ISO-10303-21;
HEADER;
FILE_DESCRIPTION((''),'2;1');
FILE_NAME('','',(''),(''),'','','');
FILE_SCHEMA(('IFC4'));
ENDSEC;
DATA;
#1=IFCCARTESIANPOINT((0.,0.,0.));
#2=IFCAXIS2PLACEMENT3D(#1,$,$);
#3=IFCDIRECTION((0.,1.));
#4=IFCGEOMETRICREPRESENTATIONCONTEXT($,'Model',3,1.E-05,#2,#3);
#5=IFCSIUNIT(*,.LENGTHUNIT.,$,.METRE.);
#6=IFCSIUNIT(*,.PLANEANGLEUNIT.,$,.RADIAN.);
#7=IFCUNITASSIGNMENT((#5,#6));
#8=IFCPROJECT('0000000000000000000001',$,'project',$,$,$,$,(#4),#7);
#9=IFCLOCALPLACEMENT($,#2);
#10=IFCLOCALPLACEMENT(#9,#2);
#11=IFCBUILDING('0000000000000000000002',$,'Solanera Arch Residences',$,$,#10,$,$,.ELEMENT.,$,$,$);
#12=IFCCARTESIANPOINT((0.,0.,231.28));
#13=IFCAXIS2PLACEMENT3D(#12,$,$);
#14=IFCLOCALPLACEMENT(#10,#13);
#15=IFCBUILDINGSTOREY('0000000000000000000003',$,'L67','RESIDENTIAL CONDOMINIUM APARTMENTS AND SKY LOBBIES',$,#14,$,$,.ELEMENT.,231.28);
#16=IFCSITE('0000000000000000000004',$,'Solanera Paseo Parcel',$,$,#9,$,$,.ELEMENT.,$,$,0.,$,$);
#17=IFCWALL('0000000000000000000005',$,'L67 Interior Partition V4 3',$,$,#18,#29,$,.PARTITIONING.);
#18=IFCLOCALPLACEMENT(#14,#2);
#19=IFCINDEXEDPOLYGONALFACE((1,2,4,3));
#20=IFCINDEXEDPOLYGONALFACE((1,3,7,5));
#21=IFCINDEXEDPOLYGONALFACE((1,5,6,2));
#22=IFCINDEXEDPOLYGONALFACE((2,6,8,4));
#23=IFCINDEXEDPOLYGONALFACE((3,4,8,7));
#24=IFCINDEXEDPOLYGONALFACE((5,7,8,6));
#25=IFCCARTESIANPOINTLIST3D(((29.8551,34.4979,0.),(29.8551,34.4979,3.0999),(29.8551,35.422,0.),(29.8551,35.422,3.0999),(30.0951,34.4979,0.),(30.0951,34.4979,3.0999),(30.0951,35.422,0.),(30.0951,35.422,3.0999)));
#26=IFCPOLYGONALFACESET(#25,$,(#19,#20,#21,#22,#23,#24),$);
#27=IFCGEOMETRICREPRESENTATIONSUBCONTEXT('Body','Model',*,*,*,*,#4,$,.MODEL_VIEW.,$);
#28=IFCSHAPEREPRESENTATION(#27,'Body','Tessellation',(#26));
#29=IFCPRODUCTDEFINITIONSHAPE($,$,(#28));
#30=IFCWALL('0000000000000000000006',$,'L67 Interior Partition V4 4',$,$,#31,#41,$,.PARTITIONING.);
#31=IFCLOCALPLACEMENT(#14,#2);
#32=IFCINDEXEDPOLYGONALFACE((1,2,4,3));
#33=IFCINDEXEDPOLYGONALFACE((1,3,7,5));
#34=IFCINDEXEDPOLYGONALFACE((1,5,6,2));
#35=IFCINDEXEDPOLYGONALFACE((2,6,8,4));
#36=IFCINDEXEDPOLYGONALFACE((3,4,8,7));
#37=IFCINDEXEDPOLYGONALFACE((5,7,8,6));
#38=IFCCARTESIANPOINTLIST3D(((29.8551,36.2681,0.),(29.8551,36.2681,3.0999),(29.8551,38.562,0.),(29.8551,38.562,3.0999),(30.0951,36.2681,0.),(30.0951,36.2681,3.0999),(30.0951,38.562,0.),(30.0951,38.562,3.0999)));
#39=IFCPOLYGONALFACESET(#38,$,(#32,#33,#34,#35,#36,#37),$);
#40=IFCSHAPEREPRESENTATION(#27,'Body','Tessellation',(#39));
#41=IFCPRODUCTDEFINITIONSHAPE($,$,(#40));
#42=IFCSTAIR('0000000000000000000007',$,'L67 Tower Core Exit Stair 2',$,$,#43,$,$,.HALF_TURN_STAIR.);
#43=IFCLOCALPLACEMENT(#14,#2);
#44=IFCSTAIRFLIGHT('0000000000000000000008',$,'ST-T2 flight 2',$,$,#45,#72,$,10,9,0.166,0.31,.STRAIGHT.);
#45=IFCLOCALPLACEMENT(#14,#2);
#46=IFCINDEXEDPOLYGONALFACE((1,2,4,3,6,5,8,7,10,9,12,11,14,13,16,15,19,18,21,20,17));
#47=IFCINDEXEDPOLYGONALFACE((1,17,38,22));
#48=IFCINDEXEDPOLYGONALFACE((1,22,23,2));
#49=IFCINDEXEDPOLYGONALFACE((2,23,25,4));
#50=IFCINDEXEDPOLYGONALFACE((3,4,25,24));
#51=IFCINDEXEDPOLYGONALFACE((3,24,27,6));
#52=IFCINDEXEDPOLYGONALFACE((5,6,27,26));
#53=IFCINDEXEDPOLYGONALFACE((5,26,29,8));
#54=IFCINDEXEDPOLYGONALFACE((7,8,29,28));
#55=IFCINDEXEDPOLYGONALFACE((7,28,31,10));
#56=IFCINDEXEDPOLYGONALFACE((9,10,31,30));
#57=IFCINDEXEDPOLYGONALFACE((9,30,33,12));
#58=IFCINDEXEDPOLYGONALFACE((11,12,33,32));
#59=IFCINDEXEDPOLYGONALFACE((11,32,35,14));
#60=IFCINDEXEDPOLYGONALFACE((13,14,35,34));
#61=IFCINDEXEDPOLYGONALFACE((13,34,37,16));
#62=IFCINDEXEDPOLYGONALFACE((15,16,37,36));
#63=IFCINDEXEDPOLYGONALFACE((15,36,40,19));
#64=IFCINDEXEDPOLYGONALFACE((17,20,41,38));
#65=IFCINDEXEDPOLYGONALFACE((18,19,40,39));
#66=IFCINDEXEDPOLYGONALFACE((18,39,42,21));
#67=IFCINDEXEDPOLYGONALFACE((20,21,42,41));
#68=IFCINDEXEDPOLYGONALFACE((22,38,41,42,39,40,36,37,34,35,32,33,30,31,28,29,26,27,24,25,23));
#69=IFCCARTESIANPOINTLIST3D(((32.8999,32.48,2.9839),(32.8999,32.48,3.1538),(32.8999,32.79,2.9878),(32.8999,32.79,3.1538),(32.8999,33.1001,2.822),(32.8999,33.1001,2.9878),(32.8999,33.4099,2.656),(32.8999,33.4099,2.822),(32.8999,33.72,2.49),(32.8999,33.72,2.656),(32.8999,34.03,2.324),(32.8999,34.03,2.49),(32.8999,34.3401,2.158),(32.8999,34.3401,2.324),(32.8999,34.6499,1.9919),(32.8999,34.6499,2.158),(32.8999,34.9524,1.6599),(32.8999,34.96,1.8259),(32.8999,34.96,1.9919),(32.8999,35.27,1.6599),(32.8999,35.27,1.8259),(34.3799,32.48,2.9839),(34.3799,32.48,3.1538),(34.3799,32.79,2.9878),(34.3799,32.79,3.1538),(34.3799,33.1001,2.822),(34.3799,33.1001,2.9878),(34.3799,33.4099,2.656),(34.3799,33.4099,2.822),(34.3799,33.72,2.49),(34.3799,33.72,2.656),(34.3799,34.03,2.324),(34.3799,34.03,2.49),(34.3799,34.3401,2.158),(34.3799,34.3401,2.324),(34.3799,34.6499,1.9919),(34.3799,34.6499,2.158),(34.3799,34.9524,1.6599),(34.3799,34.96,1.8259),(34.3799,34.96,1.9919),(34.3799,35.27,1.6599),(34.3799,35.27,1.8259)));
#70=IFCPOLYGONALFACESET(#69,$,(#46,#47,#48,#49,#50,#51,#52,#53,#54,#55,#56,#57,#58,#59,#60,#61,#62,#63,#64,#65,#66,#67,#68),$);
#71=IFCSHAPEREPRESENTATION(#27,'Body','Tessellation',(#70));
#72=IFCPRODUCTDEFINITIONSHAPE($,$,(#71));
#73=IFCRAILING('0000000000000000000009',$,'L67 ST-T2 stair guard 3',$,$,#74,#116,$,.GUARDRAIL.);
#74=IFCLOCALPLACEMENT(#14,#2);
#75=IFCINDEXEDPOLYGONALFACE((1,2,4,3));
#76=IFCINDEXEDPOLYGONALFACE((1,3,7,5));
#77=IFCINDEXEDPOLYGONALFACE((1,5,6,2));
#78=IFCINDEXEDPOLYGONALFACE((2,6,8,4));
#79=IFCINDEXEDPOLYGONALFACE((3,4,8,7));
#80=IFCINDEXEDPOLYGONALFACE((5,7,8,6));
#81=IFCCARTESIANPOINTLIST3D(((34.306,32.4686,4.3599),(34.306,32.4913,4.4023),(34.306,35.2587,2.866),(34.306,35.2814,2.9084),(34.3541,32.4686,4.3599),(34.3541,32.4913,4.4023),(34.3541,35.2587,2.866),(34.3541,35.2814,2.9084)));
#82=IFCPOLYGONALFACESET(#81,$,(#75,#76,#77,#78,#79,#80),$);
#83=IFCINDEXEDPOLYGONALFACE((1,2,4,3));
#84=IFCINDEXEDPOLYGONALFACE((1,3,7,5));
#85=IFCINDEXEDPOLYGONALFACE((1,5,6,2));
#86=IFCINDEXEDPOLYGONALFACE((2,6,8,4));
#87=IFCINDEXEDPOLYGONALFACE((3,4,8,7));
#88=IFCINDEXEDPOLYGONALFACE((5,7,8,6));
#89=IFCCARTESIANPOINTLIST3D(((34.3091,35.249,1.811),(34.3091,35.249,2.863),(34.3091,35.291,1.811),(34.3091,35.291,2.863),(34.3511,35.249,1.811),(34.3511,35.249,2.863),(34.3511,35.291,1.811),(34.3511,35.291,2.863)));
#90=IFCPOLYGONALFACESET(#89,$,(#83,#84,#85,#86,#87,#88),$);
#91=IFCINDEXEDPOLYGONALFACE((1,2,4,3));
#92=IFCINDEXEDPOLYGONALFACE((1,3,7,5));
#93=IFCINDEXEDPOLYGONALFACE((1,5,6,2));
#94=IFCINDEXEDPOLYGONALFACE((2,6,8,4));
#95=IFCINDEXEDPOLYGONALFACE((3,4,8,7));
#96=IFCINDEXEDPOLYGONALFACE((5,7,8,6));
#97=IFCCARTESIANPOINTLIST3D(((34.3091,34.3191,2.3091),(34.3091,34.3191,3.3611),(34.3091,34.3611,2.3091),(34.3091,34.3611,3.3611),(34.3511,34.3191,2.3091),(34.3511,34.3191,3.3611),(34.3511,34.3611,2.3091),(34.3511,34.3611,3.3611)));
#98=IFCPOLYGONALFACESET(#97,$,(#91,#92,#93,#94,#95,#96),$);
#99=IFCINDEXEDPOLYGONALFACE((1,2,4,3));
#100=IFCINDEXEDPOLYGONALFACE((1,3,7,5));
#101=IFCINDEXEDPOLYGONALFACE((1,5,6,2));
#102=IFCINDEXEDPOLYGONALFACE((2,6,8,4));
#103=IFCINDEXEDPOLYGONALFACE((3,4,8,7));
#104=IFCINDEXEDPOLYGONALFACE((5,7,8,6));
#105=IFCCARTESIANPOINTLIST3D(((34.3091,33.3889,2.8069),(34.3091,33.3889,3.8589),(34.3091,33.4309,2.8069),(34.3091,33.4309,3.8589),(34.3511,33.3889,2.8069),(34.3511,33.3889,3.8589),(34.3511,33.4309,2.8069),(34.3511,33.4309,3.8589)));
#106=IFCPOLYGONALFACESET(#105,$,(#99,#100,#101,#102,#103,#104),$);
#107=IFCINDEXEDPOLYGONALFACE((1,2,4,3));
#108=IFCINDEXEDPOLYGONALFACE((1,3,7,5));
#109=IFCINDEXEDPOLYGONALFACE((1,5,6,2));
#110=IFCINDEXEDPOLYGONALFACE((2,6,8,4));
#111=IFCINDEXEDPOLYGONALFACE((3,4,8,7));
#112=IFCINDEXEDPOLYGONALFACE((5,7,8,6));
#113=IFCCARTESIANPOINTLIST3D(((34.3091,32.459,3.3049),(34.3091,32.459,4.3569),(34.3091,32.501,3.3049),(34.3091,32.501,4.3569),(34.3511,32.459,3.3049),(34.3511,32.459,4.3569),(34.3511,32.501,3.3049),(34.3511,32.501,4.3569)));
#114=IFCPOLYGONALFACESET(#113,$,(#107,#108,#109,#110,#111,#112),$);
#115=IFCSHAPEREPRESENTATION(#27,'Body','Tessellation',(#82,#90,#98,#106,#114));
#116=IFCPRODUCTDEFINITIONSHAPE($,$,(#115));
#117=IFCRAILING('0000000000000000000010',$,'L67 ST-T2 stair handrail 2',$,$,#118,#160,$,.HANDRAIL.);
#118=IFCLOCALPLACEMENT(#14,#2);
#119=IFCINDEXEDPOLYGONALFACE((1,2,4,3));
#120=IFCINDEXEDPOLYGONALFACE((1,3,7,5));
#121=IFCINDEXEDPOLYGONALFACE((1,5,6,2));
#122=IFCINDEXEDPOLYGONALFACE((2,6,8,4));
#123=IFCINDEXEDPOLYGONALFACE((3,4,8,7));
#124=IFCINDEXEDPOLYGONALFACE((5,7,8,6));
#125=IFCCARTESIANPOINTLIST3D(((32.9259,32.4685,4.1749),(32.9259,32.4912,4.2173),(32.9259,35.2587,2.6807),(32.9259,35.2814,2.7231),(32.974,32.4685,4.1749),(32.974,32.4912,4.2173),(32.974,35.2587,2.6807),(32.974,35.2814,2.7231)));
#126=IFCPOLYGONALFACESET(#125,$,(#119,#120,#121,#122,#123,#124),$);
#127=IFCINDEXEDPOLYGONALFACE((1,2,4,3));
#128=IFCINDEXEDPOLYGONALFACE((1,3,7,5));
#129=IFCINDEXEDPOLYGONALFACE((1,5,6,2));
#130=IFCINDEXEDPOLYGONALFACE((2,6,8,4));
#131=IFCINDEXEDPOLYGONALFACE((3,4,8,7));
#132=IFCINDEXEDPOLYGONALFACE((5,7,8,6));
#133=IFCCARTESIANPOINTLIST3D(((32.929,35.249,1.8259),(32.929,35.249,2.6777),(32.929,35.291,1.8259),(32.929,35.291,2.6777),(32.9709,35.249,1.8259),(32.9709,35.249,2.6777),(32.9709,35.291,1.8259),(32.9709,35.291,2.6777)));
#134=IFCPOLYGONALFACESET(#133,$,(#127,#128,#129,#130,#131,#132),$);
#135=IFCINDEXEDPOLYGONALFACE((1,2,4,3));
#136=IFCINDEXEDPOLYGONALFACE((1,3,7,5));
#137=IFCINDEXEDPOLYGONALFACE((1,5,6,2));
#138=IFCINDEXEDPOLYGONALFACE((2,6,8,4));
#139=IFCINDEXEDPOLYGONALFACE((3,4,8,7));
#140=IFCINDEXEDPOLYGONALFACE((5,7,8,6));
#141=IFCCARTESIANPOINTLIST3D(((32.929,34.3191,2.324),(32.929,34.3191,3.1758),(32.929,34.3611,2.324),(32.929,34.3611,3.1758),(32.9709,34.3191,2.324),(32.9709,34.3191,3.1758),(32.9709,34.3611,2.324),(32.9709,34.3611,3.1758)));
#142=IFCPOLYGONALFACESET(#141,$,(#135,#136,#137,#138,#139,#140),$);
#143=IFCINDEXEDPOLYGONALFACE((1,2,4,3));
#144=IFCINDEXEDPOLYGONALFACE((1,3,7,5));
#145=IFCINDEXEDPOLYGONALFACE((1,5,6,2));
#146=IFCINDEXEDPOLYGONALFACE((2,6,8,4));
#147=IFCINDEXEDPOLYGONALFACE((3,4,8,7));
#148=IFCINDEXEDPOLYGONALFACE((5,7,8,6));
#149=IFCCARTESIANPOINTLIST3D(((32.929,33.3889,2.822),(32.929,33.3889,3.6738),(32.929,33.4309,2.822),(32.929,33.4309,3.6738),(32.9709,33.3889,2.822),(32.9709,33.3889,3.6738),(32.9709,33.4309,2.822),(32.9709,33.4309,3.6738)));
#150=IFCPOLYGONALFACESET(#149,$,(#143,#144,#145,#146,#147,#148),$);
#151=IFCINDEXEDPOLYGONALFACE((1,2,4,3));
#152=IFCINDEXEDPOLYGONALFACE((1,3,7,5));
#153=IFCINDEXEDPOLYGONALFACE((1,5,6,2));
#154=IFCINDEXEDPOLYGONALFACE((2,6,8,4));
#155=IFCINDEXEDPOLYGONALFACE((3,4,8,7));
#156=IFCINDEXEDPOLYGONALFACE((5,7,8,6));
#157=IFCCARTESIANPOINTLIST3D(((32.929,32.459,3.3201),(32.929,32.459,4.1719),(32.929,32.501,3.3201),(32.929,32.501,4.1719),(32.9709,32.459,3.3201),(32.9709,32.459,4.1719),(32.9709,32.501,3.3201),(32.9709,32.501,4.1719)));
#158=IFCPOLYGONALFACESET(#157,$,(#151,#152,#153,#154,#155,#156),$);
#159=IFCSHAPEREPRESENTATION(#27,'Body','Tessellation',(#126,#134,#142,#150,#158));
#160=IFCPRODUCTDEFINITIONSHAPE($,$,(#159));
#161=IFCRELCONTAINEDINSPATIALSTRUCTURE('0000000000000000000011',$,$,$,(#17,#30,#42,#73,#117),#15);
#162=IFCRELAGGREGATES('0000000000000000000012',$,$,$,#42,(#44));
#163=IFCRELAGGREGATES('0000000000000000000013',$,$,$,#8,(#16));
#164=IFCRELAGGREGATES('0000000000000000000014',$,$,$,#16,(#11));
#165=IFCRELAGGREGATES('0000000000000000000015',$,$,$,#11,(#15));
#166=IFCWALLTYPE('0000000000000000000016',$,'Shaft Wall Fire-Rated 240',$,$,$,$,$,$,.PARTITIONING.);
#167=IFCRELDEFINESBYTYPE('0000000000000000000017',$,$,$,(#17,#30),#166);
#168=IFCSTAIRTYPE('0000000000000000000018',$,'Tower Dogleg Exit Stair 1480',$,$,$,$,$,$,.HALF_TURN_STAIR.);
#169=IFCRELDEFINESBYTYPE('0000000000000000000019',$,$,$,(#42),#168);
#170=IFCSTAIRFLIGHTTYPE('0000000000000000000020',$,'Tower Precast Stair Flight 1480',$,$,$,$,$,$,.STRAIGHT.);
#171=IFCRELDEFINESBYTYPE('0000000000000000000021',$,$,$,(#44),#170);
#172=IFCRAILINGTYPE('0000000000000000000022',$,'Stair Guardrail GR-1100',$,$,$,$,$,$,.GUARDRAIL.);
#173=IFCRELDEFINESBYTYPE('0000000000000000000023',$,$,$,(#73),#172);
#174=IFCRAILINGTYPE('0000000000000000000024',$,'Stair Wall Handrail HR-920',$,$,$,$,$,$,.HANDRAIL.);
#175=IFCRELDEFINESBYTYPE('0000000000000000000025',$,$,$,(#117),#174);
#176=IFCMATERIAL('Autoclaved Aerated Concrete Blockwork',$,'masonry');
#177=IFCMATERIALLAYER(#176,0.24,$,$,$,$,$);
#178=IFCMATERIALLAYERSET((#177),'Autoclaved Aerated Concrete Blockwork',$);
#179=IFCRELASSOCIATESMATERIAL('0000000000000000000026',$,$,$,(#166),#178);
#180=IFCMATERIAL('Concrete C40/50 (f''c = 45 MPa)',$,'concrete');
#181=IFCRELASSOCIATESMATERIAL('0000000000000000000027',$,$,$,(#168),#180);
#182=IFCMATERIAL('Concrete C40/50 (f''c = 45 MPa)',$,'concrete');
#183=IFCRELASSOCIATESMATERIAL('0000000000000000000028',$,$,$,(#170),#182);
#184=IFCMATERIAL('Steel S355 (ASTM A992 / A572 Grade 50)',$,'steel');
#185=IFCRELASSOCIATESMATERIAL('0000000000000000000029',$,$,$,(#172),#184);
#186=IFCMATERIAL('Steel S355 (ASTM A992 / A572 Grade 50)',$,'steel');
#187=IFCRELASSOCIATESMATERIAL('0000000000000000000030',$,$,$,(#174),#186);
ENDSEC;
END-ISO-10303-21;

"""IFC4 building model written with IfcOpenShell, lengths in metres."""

from ifc_helpers import new_model, si_unit, direction, frame, frame_2d, origin, origin_2d, place, context, subcontext, project, spatial, polyline, rectangle, outline, extrude, material, layer, layer_set, type_object, element, aggregate, save


model = new_model("IFC4")

# Units and contexts
model_context = context("Model", 3, precision=1e-05, world=origin(), true_north=direction((0.0, 1.0)))
body_context = subcontext(model_context, "Body", "Model", "MODEL_VIEW")
ifc_project = project(units=[si_unit("LENGTHUNIT", "METRE"), si_unit("PLANEANGLEUNIT", "RADIAN")], contexts=[model_context])

# Site, building, storey
site_placement = place(None, origin())
site = spatial("IfcSite", under=ifc_project, at=site_placement, Name="Solanera Paseo Parcel", CompositionType="ELEMENT", RefElevation=0.0)
building_placement = place(site_placement, origin())
building = spatial("IfcBuilding", under=site, at=building_placement, Name="Solanera Arch Residences", CompositionType="ELEMENT")
storey_placement = place(building_placement, frame((0.0, 0.0, 231.28)))
storey = spatial("IfcBuildingStorey", under=building, at=storey_placement, Name="L67", Description="RESIDENTIAL CONDOMINIUM APARTMENTS AND SKY LOBBIES", CompositionType="ELEMENT", Elevation=231.28)

# Shared definitions
ifc_material_1 = material(Name="Autoclaved Aerated Concrete Blockwork", Category="masonry")
ifc_layer_1 = layer(ifc_material_1, 0.24)
ifc_layer_set_1 = layer_set([ifc_layer_1], Name="Autoclaved Aerated Concrete Blockwork")
wall_type_1 = type_object("IfcWallType", Name="Shaft Wall Fire-Rated 240", PredefinedType="PARTITIONING", material=ifc_layer_set_1)

# Walls
wall_1_placement = place(storey_placement, frame((29.9751, 34.498, 0.0), z_axis=(0.0, 0.0, 1.0), x_axis=(0.0, 1.0, 0.0)))
element("IfcWall", 1, at=wall_1_placement, inside=storey, type_object=wall_type_1, Name="L67 Interior Partition V4 3", PredefinedType="PARTITIONING", context=body_context, shape_type="SweptSolid", body=[
    extrude(rectangle(XDim=0.9241, YDim=0.24, at=frame_2d((0.4619, 0.0))), origin(), (0.0, 0.0, 1.0), 3.0999),
])
wall_2_placement = place(storey_placement, frame((29.9751, 36.2681, 0.0), z_axis=(0.0, 0.0, 1.0), x_axis=(0.0, 1.0, 0.0)))
element("IfcWall", 2, at=wall_2_placement, inside=storey, type_object=wall_type_1, Name="L67 Interior Partition V4 4", PredefinedType="PARTITIONING", context=body_context, shape_type="SweptSolid", body=[
    extrude(rectangle(XDim=2.2939, YDim=0.24, at=frame_2d((1.147, 0.0))), origin(), (0.0, 0.0, 1.0), 3.0999),
])

# Stair, stair flight
ifc_material_2 = material(Name="Concrete C40/50 (f'c = 45 MPa)", Category="concrete")
stair_type = type_object("IfcStairType", Name="Tower Dogleg Exit Stair 1480", PredefinedType="HALF_TURN_STAIR", material=ifc_material_2)
stair_placement = place(storey_placement, origin())
stair = element("IfcStair", 3, at=stair_placement, inside=storey, type_object=stair_type, Name="L67 Tower Core Exit Stair 2", PredefinedType="HALF_TURN_STAIR")
ifc_material_3 = material(Name="Concrete C40/50 (f'c = 45 MPa)", Category="concrete")
stair_flight_type = type_object("IfcStairFlightType", Name="Tower Precast Stair Flight 1480", PredefinedType="STRAIGHT", material=ifc_material_3)
stair_flight_placement = place(storey_placement, frame((33.6399, 35.27, 1.6599), z_axis=(0.0, 0.0, 1.0), x_axis=(0.0, -1.0, 0.0)))
stair_flight = element("IfcStairFlight", 4, at=stair_flight_placement, type_object=stair_flight_type, Name="ST-T2 flight 2", NumberOfRisers=10, NumberOfTreads=9, PredefinedType="STRAIGHT", RiserHeight=0.166, TreadLength=0.31, context=body_context, shape_type="SweptSolid", body=[
    extrude(outline(polyline([(0.0, 0.0), (0.0, 0.166), (0.3101, 0.166), (0.3101, 0.332), (0.6201, 0.332), (0.6201, 0.498), (0.9299, 0.498), (0.9299, 0.6641), (1.24, 0.6641), (1.24, 0.8301), (1.55, 0.8301), (1.55, 0.9961), (1.8601, 0.9961), (1.8601, 1.1621), (2.1699, 1.1621), (2.1699, 1.3279), (2.48, 1.3279), (2.48, 1.4939), (2.79, 1.4939), (2.79, 1.6599), (2.79, 1.324), (0.3176, 0.0), (0.0, 0.0)])), frame((0.0, 0.74, 0.0), z_axis=(0.0, -1.0, 0.0), x_axis=(1.0, 0.0, 0.0)), (0.0, 0.0, 1.0), 1.48),
])
aggregate(stair, [stair_flight])

# Railings
ifc_material_4 = material(Name="Steel S355 (ASTM A992 / A572 Grade 50)", Category="steel")
railing_type_1 = type_object("IfcRailingType", Name="Stair Guardrail GR-1100", PredefinedType="GUARDRAIL", material=ifc_material_4)
railing_1_placement = place(storey_placement, frame((34.3301, 35.27, 1.811)))
element("IfcRailing", 5, at=railing_1_placement, inside=storey, type_object=railing_type_1, Name="L67 ST-T2 stair guard 3", PredefinedType="GUARDRAIL", context=body_context, shape_type="SweptSolid", body=[
    extrude(rectangle(XDim=0.0481, YDim=0.0481, at=origin_2d()), frame((0.0, 0.0, 1.0762), z_axis=(0.0, -0.881581, 0.472033), x_axis=(1.0, 0.0, 0.0)), (0.0, 0.0, 1.0), 3.1648),
    extrude(rectangle(XDim=0.042, YDim=0.042, at=origin_2d()), origin(), (0.0, 0.0, 1.0), 1.052),
    extrude(rectangle(XDim=0.042, YDim=0.042, at=origin_2d()), frame((0.0, -0.9299, 0.498)), (0.0, 0.0, 1.0), 1.052),
    extrude(rectangle(XDim=0.042, YDim=0.042, at=origin_2d()), frame((0.0, -1.8601, 0.9958)), (0.0, 0.0, 1.0), 1.052),
    extrude(rectangle(XDim=0.042, YDim=0.042, at=origin_2d()), frame((0.0, -2.79, 1.4939)), (0.0, 0.0, 1.0), 1.052),
])
ifc_material_5 = material(Name="Steel S355 (ASTM A992 / A572 Grade 50)", Category="steel")
railing_type_2 = type_object("IfcRailingType", Name="Stair Wall Handrail HR-920", PredefinedType="HANDRAIL", material=ifc_material_5)
railing_2_placement = place(storey_placement, frame((32.95, 35.27, 1.8259)))
element("IfcRailing", 6, at=railing_2_placement, inside=storey, type_object=railing_type_2, Name="L67 ST-T2 stair handrail 2", PredefinedType="HANDRAIL", context=body_context, shape_type="SweptSolid", body=[
    extrude(rectangle(XDim=0.0481, YDim=0.0481, at=origin_2d()), frame((0.0, 0.0, 0.876), z_axis=(0.0, -0.881549, 0.472093), x_axis=(1.0, 0.0, 0.0)), (0.0, 0.0, 1.0), 3.165),
    extrude(rectangle(XDim=0.042, YDim=0.042, at=origin_2d()), origin(), (0.0, 0.0, 1.0), 0.8518),
    extrude(rectangle(XDim=0.042, YDim=0.042, at=origin_2d()), frame((0.0, -0.9299, 0.498)), (0.0, 0.0, 1.0), 0.8518),
    extrude(rectangle(XDim=0.042, YDim=0.042, at=origin_2d()), frame((0.0, -1.8601, 0.9961)), (0.0, 0.0, 1.0), 0.8518),
    extrude(rectangle(XDim=0.042, YDim=0.042, at=origin_2d()), frame((0.0, -2.79, 1.4941)), (0.0, 0.0, 1.0), 0.8518),
])

save(model, "model.ifc")
